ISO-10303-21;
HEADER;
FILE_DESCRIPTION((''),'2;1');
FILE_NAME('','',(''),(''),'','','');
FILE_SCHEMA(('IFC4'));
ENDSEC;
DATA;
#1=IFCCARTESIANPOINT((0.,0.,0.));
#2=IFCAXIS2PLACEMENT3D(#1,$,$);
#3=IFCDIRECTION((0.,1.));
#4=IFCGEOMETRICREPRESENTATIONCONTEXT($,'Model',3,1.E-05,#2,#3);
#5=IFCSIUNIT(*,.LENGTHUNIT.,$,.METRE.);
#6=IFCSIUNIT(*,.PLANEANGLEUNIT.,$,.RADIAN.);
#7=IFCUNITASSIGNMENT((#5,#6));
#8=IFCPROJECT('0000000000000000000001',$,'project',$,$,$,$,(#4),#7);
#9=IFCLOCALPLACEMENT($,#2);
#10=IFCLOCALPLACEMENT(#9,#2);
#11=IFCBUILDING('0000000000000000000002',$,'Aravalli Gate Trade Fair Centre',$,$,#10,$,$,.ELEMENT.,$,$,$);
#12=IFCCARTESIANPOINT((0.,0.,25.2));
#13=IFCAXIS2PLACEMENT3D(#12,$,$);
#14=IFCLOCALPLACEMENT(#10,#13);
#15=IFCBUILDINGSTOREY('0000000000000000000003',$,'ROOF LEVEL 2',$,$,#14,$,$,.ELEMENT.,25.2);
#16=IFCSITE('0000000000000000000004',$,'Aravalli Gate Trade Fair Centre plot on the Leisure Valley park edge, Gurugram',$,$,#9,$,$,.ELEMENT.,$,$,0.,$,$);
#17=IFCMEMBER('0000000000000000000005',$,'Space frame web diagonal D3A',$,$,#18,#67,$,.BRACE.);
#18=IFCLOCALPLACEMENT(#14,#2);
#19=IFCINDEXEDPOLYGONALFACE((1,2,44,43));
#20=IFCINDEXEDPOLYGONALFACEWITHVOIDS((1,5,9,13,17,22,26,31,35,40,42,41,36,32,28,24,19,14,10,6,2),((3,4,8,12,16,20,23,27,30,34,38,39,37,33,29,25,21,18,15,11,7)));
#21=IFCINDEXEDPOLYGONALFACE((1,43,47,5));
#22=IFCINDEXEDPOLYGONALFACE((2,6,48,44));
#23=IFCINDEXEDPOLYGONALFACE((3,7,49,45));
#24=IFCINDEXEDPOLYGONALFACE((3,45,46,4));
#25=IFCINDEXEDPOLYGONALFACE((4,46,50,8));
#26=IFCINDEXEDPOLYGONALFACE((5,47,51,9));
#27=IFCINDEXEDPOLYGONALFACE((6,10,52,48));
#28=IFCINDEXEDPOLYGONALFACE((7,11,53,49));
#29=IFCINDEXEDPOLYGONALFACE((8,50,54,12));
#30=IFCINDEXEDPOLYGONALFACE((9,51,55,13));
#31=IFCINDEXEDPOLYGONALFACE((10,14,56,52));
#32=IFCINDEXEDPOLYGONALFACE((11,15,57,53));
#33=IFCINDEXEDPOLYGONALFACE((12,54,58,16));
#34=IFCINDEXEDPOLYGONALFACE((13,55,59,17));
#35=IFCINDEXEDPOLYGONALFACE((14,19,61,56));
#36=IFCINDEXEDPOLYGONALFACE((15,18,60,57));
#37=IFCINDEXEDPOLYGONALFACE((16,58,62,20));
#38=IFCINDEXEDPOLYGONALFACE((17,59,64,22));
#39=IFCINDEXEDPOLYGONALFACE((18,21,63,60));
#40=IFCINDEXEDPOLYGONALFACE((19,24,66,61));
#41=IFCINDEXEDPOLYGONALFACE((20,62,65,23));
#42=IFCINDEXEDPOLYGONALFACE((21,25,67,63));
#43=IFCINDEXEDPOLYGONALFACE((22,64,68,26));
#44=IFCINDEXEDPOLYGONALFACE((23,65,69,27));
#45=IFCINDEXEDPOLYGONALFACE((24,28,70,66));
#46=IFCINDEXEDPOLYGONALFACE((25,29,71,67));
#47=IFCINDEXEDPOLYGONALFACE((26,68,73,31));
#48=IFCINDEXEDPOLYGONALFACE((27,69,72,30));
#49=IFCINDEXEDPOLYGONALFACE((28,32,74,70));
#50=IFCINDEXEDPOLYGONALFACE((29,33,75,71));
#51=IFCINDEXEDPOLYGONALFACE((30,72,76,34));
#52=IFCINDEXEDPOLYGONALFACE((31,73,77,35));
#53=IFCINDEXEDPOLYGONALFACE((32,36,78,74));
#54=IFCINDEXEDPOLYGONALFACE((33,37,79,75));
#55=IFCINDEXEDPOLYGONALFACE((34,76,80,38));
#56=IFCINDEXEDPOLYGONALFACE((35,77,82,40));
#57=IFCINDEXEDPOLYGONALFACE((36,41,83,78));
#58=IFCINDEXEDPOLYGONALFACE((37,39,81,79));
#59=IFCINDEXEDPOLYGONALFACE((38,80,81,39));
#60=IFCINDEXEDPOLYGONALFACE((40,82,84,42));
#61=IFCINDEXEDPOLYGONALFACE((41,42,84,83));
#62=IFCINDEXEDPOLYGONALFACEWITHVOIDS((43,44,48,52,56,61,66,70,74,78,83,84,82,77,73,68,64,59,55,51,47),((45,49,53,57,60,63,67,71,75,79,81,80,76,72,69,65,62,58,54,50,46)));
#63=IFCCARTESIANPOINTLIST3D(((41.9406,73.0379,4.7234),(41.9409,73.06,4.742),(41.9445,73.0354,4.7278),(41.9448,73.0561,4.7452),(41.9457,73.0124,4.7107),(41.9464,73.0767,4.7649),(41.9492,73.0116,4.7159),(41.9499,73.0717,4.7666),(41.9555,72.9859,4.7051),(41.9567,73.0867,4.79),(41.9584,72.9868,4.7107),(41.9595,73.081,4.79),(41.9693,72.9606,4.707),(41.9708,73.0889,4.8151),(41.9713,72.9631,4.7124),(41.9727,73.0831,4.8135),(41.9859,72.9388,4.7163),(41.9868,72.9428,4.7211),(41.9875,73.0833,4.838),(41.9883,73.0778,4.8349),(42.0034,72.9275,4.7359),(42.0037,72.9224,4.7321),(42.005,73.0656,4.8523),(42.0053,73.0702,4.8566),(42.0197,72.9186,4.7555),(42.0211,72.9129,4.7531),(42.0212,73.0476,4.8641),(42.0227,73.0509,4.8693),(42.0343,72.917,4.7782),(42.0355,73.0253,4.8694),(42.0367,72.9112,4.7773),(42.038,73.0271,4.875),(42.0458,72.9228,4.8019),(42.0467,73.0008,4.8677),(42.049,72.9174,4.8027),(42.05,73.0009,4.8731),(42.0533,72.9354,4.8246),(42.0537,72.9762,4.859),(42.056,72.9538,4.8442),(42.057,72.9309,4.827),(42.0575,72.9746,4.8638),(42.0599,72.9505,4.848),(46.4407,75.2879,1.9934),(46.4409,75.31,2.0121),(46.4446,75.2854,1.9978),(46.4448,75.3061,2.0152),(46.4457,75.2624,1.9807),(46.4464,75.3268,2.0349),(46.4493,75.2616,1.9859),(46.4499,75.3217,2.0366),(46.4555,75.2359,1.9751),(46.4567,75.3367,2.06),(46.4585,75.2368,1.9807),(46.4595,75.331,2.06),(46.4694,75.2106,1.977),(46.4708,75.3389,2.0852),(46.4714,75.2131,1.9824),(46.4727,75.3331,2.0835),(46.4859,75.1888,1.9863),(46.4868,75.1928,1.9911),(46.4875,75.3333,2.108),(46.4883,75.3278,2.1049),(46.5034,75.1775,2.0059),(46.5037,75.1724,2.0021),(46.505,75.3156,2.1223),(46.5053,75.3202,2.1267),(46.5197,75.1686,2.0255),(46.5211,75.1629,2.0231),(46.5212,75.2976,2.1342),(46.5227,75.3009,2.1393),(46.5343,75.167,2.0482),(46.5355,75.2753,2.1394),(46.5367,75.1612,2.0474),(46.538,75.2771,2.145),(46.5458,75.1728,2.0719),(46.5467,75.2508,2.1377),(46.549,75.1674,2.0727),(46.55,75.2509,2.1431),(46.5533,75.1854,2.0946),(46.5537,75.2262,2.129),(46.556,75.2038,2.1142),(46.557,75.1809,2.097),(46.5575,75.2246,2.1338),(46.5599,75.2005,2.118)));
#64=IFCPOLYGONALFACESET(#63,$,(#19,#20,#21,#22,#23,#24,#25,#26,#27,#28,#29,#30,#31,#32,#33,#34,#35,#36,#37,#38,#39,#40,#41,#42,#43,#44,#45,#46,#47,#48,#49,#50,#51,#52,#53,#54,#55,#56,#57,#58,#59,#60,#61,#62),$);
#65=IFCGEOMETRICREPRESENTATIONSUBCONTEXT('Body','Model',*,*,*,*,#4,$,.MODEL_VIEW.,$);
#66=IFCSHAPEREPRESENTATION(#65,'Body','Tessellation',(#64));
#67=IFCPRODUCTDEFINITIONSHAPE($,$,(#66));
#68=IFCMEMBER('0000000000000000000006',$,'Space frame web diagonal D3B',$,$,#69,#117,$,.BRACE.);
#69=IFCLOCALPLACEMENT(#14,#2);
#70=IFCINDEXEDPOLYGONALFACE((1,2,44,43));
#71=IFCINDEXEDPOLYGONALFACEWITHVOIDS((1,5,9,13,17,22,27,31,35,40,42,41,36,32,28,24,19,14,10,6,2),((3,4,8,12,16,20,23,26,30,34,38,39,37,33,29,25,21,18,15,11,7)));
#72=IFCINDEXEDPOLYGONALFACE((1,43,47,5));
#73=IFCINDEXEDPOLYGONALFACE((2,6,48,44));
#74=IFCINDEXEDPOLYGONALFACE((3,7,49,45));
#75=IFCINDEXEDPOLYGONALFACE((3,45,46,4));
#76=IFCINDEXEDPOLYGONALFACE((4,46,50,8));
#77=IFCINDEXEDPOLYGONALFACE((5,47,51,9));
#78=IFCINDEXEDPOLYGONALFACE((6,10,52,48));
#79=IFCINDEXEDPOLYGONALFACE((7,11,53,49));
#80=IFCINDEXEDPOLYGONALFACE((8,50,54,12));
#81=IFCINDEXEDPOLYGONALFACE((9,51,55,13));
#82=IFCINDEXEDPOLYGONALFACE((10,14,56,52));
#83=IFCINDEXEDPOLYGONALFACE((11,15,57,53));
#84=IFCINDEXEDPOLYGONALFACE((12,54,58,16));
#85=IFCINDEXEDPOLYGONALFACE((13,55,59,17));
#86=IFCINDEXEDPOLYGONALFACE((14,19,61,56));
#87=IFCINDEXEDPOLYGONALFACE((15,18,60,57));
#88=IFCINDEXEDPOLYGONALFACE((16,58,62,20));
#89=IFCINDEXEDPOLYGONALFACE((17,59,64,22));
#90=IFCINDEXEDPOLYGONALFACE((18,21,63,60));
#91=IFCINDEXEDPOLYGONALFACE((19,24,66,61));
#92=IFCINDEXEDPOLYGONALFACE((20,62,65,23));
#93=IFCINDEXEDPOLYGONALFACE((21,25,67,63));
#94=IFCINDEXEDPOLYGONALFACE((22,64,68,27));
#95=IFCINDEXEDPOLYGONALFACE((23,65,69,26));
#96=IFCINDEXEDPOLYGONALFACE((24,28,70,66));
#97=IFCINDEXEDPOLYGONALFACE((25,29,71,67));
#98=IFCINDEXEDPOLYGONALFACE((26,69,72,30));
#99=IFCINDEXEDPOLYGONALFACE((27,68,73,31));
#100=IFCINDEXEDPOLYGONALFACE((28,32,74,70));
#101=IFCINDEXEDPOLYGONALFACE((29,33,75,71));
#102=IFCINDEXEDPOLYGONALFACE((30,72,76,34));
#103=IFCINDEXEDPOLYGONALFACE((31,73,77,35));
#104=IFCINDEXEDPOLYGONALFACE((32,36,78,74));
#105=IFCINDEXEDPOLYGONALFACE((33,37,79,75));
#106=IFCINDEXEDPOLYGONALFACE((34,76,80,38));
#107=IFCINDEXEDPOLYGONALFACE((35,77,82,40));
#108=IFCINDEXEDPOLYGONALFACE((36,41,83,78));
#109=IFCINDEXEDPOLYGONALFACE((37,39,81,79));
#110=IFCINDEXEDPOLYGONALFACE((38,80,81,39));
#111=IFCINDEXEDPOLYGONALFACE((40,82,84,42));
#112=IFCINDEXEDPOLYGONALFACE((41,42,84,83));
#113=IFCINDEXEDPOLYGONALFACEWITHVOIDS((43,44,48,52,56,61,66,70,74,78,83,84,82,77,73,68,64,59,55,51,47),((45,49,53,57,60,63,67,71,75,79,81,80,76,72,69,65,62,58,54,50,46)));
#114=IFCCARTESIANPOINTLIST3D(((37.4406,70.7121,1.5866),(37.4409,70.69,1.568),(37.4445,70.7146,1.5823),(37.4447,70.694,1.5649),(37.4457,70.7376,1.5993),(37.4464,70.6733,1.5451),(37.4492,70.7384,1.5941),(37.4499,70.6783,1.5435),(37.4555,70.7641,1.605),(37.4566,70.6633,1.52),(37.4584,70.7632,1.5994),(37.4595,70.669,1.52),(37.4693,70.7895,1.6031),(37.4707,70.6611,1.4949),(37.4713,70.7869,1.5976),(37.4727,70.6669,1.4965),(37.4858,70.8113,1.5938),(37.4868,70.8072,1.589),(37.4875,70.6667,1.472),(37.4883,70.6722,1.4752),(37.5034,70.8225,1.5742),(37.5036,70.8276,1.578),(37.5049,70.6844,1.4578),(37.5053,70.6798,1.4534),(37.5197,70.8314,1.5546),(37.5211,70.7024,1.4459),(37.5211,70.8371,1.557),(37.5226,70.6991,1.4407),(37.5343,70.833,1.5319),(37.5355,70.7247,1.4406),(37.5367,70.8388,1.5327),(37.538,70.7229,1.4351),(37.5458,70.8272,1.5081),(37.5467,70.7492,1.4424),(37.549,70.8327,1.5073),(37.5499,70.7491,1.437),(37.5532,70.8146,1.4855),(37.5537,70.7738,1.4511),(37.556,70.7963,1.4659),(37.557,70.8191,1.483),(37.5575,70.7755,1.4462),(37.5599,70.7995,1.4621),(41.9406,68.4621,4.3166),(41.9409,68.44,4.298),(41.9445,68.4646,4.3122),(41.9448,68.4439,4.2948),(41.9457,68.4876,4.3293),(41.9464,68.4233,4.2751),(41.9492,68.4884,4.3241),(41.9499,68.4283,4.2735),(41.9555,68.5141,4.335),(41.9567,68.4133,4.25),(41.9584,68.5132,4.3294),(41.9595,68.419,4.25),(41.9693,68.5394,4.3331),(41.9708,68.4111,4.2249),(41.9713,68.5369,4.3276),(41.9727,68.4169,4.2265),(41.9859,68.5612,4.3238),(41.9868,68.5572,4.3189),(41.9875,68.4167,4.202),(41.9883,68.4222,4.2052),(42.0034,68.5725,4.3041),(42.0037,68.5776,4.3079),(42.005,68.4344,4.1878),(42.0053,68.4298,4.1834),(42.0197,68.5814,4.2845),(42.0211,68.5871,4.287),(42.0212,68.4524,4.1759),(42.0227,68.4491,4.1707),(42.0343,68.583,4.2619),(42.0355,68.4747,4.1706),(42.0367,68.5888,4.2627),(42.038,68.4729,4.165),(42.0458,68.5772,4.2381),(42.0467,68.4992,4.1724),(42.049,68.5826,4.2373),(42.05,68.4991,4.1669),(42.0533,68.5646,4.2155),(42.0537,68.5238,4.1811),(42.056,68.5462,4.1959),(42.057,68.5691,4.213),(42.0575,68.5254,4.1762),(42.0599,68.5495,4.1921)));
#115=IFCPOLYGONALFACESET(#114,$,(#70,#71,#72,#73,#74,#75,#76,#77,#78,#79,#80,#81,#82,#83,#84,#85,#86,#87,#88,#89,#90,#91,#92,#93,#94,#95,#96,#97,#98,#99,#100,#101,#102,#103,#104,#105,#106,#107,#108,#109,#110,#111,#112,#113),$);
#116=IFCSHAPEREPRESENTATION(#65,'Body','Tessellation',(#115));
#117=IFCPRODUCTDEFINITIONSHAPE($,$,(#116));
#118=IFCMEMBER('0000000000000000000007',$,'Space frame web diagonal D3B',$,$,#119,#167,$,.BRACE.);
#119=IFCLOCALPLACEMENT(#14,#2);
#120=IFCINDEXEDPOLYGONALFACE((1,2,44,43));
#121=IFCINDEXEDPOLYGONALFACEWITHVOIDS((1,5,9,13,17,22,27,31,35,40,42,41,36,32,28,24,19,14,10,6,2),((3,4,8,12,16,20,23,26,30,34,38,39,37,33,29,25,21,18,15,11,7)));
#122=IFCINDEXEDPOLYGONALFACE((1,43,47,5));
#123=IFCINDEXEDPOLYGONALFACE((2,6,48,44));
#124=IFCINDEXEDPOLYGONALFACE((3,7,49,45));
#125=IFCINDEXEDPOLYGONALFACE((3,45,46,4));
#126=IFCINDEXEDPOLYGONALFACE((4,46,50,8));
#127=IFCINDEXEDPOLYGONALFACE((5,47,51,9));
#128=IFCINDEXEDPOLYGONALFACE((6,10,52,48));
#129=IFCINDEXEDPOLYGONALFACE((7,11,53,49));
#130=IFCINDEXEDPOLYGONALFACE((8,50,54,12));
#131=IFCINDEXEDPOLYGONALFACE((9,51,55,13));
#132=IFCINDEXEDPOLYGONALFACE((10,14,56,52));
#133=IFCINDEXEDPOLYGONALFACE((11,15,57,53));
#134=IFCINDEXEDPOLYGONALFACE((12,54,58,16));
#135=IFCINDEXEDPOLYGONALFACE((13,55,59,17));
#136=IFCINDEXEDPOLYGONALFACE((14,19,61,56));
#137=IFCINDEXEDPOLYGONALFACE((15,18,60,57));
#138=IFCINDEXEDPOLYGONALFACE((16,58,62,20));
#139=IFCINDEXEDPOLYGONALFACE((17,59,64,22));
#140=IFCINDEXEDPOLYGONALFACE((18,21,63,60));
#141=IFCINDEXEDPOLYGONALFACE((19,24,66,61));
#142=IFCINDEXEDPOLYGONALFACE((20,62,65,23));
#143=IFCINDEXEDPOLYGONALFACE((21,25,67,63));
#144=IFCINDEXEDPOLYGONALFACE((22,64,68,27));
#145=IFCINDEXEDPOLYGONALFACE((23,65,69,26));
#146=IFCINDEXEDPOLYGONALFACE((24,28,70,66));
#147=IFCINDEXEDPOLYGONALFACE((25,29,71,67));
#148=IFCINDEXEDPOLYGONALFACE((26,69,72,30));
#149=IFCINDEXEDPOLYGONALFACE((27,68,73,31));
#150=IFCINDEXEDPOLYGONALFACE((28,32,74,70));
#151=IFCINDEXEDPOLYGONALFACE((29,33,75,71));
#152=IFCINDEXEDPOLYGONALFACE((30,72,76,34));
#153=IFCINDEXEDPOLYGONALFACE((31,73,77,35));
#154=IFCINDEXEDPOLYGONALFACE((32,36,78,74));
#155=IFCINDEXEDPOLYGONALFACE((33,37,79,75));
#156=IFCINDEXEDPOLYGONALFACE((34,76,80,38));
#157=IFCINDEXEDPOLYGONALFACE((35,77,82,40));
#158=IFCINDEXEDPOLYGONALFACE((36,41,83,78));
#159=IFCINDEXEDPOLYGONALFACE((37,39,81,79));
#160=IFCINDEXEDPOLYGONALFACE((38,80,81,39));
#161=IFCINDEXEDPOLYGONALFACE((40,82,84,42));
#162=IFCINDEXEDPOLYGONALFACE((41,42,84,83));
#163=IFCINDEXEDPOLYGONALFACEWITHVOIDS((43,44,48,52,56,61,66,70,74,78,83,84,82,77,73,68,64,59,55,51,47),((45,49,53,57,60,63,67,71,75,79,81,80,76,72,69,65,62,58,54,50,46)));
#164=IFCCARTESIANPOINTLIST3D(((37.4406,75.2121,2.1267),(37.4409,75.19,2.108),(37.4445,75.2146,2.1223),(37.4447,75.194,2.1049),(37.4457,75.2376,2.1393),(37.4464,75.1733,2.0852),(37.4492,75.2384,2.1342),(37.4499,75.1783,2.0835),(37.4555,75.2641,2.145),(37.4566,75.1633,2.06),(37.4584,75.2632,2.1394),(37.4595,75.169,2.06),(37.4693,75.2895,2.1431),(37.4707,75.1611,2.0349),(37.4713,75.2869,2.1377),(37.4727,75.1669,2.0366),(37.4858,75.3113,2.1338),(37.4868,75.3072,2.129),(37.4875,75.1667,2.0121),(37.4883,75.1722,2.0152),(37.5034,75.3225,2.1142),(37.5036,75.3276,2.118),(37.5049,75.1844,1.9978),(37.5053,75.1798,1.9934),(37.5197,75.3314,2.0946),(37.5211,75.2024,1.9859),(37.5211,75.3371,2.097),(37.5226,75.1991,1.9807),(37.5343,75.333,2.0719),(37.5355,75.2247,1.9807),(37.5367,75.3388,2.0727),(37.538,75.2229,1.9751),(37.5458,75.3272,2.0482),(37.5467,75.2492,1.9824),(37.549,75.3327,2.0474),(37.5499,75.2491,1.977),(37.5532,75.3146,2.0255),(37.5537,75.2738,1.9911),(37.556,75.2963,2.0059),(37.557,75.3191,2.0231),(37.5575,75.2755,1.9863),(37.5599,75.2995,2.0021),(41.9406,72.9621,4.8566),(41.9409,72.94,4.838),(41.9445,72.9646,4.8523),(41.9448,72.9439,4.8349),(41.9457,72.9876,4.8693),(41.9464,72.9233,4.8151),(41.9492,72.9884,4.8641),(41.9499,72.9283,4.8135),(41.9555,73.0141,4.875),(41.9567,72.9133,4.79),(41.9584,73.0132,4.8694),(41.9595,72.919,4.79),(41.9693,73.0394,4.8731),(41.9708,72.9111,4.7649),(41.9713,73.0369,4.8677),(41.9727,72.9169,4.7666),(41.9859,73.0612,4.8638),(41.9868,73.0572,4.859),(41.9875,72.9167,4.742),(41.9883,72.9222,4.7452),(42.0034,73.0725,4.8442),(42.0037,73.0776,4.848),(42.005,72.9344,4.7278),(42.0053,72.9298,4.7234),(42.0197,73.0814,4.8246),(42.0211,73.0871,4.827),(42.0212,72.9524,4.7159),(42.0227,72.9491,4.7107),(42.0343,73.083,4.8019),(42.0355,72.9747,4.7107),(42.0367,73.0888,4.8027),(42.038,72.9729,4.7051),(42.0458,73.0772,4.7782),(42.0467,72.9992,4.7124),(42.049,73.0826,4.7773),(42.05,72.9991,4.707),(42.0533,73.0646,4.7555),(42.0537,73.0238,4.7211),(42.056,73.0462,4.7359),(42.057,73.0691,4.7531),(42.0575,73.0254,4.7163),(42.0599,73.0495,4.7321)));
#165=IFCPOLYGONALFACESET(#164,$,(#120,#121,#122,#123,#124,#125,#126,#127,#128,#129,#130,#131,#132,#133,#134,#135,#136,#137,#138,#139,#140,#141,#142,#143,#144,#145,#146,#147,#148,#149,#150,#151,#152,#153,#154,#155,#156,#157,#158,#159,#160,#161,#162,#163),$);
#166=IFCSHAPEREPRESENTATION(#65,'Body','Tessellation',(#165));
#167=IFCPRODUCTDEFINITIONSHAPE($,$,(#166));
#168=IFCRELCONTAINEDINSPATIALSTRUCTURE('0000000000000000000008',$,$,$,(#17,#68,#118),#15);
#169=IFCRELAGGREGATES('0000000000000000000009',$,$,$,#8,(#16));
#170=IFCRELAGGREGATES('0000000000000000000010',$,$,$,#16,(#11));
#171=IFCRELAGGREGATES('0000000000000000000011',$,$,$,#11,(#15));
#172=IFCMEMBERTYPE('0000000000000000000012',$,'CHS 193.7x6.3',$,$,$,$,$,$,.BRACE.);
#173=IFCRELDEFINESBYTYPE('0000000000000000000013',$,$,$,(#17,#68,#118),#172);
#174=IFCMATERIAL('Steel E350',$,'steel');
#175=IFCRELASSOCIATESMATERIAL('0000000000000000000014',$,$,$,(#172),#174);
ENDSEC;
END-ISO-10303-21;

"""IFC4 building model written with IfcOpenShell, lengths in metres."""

from ifc_helpers import new_model, si_unit, direction, frame, origin, origin_2d, place, context, subcontext, project, spatial, hollow_circle, extrude, material, material_profile, profile_set, type_object, element, save


model = new_model("IFC4")

# Units and contexts
model_context = context("Model", 3, precision=1e-05, world=origin(), true_north=direction((0.0, 1.0)))
body_context = subcontext(model_context, "Body", "Model", "MODEL_VIEW")
ifc_project = project(units=[si_unit("LENGTHUNIT", "METRE"), si_unit("PLANEANGLEUNIT", "RADIAN")], contexts=[model_context])

# Site, building, storey
site_placement = place(None, origin())
site = spatial("IfcSite", under=ifc_project, at=site_placement, Name="Aravalli Gate Trade Fair Centre plot on the Leisure Valley park edge, Gurugram", CompositionType="ELEMENT", RefElevation=0.0)
building_placement = place(site_placement, origin())
building = spatial("IfcBuilding", under=site, at=building_placement, Name="Aravalli Gate Trade Fair Centre", CompositionType="ELEMENT")
storey_placement = place(building_placement, frame((0.0, 0.0, 25.2)))
storey = spatial("IfcBuildingStorey", under=building, at=storey_placement, Name="ROOF LEVEL 2", CompositionType="ELEMENT", Elevation=25.2)

# Members
ifc_material_1 = material(Name="Steel E350", Category="steel")
ifc_material_profile_1 = material_profile(ifc_material_1, hollow_circle(Radius=0.0969, WallThickness=0.0063, at=origin_2d()), Name="CHS 193.7x6.3")
ifc_profile_set_1 = profile_set([ifc_material_profile_1], Name="Steel E350")
member_type_1 = type_object("IfcMemberType", Name="CHS 193.7x6.3", PredefinedType="BRACE", material=ifc_profile_set_1)
for number, where, z_axis, x_axis, name in (
    (1, (42.0, 73.0, 4.79), (0.78615, 0.393075, -0.476928), (-0.447214, 0.894427, 0.0), "Space frame web diagonal D3A"),
    (2, (42.0, 68.5, 4.25), (-0.78615, 0.393075, -0.476928), (-0.447214, -0.894427, 0.0), "Space frame web diagonal D3B"),
    (3, (42.0, 73.0, 4.79), (-0.78615, 0.393075, -0.476928), (-0.447214, -0.894427, 0.0), "Space frame web diagonal D3B"),
):
    element("IfcMember", number, at=place(storey_placement, frame(where, z_axis=z_axis, x_axis=x_axis)), inside=storey, type_object=member_type_1, Name=name, PredefinedType="BRACE", context=body_context, shape_type="SweptSolid", body=[
        extrude(hollow_circle(Radius=0.0969, WallThickness=0.0063, at=origin_2d()), origin(), (0.0, 0.0, 1.0), 5.7241),
    ])

save(model, "model.ifc")
